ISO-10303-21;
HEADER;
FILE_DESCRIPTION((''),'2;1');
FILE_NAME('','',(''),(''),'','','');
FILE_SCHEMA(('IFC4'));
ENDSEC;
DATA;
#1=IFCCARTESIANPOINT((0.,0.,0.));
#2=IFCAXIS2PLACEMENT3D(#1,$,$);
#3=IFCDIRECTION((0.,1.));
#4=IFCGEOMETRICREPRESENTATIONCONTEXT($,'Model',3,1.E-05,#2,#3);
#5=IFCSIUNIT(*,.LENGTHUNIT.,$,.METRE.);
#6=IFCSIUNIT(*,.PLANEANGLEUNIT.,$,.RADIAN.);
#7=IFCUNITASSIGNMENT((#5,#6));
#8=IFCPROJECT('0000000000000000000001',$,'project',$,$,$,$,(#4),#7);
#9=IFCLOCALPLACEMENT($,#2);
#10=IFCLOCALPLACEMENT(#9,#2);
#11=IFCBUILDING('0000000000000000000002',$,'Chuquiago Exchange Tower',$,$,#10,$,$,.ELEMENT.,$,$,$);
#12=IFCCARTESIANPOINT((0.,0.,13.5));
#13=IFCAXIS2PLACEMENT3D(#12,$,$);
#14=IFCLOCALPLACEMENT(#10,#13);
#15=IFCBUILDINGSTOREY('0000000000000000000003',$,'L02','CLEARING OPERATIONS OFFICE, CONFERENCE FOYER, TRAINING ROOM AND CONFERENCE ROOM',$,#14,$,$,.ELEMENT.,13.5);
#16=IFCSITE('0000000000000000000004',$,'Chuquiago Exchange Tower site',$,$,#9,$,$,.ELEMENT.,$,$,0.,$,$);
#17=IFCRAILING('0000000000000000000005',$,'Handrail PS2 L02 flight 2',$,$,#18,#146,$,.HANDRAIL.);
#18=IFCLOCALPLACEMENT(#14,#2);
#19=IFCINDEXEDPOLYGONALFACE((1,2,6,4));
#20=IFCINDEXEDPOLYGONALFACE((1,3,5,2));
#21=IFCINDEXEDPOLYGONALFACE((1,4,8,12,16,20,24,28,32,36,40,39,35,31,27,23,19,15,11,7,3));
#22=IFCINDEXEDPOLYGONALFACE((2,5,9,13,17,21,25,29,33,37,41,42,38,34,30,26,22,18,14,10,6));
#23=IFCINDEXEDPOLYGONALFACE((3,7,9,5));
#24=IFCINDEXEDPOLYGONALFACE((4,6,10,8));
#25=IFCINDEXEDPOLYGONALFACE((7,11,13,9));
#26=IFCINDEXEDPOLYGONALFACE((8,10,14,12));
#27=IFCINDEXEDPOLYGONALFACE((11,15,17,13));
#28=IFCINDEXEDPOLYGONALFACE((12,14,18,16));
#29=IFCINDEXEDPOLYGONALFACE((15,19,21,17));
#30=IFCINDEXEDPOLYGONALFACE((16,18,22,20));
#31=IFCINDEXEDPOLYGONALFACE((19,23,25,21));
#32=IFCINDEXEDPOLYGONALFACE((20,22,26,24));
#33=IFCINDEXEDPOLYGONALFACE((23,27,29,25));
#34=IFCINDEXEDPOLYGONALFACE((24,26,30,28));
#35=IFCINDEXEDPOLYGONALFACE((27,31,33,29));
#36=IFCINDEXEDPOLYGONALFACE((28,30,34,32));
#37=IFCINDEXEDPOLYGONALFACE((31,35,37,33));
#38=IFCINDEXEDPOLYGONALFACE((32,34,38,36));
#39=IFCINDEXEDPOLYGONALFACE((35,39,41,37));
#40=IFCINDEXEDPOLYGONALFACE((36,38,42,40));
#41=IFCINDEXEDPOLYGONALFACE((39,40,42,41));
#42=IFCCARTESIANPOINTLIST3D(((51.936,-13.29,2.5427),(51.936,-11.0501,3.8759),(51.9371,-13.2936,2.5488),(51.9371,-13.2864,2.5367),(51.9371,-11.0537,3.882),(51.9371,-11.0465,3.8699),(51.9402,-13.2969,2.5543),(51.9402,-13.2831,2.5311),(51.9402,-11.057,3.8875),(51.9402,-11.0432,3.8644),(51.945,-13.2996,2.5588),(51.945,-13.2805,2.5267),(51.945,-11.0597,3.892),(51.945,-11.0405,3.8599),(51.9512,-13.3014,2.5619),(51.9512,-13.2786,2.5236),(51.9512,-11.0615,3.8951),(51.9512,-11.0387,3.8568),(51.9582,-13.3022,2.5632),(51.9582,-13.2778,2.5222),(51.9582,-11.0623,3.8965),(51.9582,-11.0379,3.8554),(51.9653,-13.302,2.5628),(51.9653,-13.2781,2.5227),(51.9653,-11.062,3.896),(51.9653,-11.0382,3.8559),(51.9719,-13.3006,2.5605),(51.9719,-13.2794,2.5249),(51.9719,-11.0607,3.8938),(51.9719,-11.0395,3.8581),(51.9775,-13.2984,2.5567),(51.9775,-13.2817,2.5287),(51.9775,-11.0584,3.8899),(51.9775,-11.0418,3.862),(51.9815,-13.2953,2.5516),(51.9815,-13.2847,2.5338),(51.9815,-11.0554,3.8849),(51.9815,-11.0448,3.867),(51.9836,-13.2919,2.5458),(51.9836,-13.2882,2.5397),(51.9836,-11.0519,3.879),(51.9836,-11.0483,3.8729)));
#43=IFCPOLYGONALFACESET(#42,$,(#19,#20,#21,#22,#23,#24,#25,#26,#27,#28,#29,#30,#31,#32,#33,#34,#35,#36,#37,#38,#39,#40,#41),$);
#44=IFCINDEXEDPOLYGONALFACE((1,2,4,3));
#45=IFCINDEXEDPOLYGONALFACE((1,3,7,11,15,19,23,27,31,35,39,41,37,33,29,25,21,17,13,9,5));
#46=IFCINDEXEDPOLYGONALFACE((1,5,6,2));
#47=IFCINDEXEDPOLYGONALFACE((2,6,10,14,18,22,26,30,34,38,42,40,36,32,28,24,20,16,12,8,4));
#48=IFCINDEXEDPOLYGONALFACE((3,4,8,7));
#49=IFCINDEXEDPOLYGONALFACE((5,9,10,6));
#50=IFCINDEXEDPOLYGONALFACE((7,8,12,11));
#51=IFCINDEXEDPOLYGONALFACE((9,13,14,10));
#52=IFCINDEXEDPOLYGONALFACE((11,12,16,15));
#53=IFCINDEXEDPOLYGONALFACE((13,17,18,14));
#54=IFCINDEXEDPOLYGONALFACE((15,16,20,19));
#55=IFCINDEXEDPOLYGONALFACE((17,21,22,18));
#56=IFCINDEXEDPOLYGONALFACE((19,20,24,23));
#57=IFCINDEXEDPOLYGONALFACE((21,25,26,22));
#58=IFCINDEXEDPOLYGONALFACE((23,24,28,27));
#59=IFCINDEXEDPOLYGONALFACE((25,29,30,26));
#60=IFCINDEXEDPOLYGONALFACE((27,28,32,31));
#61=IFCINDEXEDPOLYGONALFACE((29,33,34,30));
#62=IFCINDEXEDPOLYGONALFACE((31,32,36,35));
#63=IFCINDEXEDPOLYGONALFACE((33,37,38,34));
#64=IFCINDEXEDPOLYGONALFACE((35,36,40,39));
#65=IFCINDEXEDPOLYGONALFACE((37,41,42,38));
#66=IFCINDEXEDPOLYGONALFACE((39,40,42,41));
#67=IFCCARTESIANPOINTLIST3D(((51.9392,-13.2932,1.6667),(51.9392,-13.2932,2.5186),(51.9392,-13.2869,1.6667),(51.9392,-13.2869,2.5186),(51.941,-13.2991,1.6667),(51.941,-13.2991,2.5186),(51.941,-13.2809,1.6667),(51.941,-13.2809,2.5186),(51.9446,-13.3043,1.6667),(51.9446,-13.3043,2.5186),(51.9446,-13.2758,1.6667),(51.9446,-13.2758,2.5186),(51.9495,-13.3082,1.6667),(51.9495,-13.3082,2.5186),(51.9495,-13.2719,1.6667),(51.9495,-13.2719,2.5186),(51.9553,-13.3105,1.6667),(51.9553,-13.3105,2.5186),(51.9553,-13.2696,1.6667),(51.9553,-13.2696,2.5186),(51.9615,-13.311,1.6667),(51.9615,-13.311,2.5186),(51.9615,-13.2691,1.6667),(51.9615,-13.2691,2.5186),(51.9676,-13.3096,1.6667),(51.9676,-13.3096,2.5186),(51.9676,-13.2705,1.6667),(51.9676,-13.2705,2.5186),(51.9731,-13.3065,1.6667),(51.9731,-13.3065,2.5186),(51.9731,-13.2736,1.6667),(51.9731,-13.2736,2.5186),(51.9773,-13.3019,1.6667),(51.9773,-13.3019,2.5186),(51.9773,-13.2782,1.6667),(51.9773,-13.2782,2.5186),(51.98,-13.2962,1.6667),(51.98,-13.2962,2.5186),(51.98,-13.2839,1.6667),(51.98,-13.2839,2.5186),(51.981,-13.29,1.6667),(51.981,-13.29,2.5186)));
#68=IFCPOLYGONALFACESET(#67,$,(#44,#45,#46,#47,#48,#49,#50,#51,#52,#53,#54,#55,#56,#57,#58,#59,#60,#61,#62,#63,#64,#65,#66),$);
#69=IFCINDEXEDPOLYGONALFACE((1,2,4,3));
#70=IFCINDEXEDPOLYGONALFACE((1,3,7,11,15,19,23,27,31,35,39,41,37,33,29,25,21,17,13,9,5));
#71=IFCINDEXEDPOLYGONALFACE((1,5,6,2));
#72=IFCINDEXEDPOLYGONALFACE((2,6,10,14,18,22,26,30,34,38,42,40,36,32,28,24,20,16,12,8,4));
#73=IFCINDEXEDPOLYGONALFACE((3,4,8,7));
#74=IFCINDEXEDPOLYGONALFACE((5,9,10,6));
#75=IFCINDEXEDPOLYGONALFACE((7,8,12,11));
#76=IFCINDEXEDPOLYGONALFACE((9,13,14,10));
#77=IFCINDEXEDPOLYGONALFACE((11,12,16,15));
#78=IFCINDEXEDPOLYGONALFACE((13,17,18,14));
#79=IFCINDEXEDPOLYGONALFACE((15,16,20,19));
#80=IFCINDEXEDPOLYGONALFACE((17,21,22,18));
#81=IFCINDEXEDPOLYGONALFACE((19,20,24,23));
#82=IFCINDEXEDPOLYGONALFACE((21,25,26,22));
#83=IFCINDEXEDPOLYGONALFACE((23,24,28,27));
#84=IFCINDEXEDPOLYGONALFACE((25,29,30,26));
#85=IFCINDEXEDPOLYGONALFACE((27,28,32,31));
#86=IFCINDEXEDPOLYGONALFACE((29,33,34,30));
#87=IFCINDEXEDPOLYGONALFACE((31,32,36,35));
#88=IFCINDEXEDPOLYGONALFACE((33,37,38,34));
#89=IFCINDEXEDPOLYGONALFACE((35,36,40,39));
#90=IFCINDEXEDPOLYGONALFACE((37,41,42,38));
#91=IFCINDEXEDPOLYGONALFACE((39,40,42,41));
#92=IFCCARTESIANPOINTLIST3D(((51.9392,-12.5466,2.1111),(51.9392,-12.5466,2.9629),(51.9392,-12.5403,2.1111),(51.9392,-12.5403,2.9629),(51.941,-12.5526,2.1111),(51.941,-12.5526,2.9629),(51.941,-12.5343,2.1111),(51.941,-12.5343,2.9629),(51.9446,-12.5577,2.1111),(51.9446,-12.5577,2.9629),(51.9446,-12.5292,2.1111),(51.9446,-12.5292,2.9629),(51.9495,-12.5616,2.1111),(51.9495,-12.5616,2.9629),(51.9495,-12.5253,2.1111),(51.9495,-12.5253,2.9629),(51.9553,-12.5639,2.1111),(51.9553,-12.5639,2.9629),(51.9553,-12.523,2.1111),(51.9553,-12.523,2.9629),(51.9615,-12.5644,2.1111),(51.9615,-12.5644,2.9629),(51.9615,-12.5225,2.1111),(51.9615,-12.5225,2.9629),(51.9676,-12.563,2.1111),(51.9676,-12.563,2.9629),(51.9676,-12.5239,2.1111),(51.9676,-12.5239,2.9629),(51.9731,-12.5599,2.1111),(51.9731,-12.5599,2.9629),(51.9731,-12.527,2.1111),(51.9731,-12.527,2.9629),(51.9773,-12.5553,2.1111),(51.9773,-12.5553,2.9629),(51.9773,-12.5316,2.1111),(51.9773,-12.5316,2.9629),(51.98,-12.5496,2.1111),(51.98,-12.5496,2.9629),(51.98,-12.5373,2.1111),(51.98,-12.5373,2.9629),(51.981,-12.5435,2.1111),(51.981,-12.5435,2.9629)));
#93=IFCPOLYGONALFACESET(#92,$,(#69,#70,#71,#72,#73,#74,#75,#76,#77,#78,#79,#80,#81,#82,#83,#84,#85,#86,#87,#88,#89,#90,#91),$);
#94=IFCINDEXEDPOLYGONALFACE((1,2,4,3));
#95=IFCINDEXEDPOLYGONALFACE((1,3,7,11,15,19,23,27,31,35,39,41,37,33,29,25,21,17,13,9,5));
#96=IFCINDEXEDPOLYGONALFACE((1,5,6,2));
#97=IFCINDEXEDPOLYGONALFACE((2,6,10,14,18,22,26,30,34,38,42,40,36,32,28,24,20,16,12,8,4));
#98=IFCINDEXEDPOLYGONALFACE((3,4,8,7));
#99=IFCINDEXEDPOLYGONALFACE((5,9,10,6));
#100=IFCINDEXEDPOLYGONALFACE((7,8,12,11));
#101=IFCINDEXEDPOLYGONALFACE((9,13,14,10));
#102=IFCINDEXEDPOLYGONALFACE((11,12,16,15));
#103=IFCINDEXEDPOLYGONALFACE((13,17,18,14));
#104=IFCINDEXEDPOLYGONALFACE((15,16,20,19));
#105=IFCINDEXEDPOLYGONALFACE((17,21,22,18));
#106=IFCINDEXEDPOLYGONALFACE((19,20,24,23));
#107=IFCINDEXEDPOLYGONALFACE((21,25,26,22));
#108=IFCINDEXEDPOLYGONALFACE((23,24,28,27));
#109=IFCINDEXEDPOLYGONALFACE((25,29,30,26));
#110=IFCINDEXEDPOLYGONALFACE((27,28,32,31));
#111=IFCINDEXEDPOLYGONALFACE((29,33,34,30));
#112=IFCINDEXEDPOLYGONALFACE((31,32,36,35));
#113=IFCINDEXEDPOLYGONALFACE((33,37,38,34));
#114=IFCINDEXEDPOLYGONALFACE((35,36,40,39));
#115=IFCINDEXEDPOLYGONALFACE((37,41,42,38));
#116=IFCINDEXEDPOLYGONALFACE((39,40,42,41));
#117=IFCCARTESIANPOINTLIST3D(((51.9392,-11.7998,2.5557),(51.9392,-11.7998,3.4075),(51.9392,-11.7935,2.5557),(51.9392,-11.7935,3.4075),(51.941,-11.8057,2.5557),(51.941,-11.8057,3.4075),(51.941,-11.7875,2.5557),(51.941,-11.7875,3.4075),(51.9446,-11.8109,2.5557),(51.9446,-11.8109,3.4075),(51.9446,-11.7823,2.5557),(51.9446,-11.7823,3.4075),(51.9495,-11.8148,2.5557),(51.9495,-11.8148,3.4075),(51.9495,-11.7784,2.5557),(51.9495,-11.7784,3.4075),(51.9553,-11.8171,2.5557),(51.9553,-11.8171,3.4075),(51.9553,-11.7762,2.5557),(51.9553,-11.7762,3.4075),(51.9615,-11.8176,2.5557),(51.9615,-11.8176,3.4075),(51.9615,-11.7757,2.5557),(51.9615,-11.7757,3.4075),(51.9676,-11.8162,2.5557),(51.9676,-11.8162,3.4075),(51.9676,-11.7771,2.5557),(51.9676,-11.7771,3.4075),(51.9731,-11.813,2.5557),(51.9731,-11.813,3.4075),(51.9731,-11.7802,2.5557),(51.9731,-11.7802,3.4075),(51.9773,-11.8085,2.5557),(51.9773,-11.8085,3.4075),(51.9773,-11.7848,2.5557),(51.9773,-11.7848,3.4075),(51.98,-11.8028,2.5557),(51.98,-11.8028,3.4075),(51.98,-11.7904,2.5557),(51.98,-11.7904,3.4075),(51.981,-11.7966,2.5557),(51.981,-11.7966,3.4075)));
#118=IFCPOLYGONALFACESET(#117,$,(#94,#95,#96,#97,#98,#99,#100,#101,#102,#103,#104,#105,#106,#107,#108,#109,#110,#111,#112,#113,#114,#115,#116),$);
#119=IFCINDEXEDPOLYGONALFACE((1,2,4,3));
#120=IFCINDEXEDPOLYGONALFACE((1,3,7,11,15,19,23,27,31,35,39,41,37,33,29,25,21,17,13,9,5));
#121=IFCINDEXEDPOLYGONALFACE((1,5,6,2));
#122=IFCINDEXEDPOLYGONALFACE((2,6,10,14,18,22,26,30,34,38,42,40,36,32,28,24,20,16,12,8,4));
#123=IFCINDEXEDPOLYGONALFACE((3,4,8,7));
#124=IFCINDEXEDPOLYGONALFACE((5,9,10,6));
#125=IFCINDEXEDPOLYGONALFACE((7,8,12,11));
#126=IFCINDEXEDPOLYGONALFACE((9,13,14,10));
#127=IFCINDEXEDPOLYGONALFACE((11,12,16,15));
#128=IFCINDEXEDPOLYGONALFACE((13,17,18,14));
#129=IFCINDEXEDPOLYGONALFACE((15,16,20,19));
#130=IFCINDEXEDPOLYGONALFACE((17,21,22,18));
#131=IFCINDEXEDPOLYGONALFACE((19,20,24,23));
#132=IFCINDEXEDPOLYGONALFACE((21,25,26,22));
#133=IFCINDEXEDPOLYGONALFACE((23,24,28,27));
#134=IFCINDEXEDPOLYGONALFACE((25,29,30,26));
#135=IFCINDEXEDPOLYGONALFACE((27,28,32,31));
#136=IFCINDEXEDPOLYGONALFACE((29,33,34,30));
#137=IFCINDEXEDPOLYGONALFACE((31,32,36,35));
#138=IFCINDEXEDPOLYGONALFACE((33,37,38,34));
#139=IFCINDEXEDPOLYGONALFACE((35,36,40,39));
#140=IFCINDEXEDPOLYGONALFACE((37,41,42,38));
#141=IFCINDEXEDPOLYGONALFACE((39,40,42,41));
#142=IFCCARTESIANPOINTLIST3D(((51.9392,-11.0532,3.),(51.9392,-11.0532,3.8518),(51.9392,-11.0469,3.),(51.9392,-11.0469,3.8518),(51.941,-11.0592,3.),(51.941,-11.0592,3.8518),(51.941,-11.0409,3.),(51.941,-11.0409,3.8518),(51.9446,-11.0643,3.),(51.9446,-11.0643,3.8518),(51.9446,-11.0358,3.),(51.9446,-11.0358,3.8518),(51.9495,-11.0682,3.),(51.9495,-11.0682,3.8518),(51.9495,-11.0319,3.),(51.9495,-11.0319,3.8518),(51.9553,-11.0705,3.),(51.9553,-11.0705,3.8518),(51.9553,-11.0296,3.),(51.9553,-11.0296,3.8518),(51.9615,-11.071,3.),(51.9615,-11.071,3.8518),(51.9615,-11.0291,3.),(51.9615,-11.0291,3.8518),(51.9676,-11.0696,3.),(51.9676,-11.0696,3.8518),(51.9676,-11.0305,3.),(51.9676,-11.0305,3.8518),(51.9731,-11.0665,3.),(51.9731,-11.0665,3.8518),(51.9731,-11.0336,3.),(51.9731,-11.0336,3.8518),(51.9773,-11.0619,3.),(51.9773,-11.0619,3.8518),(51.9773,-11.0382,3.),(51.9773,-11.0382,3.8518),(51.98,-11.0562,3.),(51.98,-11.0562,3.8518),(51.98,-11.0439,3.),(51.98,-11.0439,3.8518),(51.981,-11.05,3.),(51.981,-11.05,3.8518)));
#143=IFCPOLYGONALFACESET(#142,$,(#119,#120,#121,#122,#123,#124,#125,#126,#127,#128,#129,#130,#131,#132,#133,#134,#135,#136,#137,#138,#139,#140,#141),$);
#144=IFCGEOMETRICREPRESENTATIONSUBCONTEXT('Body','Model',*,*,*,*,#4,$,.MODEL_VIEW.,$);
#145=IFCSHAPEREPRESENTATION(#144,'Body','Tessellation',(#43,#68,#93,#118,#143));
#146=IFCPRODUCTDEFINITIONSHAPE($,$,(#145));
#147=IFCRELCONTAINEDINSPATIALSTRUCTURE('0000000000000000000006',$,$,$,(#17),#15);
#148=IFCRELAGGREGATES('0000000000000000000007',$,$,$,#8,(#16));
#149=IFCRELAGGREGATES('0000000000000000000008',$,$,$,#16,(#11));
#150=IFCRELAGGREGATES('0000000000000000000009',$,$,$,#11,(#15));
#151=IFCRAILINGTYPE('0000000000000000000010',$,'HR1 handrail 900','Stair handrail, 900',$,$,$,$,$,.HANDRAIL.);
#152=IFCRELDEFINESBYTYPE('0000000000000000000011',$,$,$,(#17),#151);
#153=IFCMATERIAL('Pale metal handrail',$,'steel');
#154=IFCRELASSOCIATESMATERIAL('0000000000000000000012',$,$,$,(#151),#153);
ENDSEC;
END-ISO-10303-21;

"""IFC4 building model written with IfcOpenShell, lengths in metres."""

from ifc_helpers import new_model, si_unit, direction, frame, origin, origin_2d, place, context, subcontext, project, spatial, circle, extrude, material, type_object, element, save


model = new_model("IFC4")

# Units and contexts
model_context = context("Model", 3, precision=1e-05, world=origin(), true_north=direction((0.0, 1.0)))
body_context = subcontext(model_context, "Body", "Model", "MODEL_VIEW")
ifc_project = project(units=[si_unit("LENGTHUNIT", "METRE"), si_unit("PLANEANGLEUNIT", "RADIAN")], contexts=[model_context])

# Site, building, storey
site_placement = place(None, origin())
site = spatial("IfcSite", under=ifc_project, at=site_placement, Name="Chuquiago Exchange Tower site", CompositionType="ELEMENT", RefElevation=0.0)
building_placement = place(site_placement, origin())
building = spatial("IfcBuilding", under=site, at=building_placement, Name="Chuquiago Exchange Tower", CompositionType="ELEMENT")
storey_placement = place(building_placement, frame((0.0, 0.0, 13.5)))
storey = spatial("IfcBuildingStorey", under=building, at=storey_placement, Name="L02", Description="CLEARING OPERATIONS OFFICE, CONFERENCE FOYER, TRAINING ROOM AND CONFERENCE ROOM", CompositionType="ELEMENT", Elevation=13.5)

# Railing
ifc_material_1 = material(Name="Pale metal handrail", Category="steel")
railing_type = type_object("IfcRailingType", Name="HR1 handrail 900", Description="Stair handrail, 900", PredefinedType="HANDRAIL", material=ifc_material_1)
for number, where, name in (
    (1, (51.96, -13.29, 1.6667), "Handrail PS2 L02 flight 2"),
):
    element("IfcRailing", number, at=place(storey_placement, frame(where)), inside=storey, type_object=railing_type, Name=name, PredefinedType="HANDRAIL", context=body_context, shape_type="SweptSolid", body=[
        extrude(circle(Radius=0.0239, at=origin_2d()), frame((0.0, 0.0, 0.876), z_axis=(0.0, 0.859306, 0.511462), x_axis=(-1.0, 0.0, 0.0)), (0.0, 0.0, 1.0), 2.6067),
        extrude(circle(Radius=0.021, at=origin_2d()), origin(), (0.0, 0.0, 1.0), 0.8518),
        extrude(circle(Radius=0.021, at=origin_2d()), frame((0.0, 0.7466, 0.4443)), (0.0, 0.0, 1.0), 0.8518),
        extrude(circle(Radius=0.021, at=origin_2d()), frame((0.0, 1.4934, 0.8889)), (0.0, 0.0, 1.0), 0.8518),
        extrude(circle(Radius=0.021, at=origin_2d()), frame((0.0, 2.24, 1.3333)), (0.0, 0.0, 1.0), 0.8518),
    ])

save(model, "model.ifc")
